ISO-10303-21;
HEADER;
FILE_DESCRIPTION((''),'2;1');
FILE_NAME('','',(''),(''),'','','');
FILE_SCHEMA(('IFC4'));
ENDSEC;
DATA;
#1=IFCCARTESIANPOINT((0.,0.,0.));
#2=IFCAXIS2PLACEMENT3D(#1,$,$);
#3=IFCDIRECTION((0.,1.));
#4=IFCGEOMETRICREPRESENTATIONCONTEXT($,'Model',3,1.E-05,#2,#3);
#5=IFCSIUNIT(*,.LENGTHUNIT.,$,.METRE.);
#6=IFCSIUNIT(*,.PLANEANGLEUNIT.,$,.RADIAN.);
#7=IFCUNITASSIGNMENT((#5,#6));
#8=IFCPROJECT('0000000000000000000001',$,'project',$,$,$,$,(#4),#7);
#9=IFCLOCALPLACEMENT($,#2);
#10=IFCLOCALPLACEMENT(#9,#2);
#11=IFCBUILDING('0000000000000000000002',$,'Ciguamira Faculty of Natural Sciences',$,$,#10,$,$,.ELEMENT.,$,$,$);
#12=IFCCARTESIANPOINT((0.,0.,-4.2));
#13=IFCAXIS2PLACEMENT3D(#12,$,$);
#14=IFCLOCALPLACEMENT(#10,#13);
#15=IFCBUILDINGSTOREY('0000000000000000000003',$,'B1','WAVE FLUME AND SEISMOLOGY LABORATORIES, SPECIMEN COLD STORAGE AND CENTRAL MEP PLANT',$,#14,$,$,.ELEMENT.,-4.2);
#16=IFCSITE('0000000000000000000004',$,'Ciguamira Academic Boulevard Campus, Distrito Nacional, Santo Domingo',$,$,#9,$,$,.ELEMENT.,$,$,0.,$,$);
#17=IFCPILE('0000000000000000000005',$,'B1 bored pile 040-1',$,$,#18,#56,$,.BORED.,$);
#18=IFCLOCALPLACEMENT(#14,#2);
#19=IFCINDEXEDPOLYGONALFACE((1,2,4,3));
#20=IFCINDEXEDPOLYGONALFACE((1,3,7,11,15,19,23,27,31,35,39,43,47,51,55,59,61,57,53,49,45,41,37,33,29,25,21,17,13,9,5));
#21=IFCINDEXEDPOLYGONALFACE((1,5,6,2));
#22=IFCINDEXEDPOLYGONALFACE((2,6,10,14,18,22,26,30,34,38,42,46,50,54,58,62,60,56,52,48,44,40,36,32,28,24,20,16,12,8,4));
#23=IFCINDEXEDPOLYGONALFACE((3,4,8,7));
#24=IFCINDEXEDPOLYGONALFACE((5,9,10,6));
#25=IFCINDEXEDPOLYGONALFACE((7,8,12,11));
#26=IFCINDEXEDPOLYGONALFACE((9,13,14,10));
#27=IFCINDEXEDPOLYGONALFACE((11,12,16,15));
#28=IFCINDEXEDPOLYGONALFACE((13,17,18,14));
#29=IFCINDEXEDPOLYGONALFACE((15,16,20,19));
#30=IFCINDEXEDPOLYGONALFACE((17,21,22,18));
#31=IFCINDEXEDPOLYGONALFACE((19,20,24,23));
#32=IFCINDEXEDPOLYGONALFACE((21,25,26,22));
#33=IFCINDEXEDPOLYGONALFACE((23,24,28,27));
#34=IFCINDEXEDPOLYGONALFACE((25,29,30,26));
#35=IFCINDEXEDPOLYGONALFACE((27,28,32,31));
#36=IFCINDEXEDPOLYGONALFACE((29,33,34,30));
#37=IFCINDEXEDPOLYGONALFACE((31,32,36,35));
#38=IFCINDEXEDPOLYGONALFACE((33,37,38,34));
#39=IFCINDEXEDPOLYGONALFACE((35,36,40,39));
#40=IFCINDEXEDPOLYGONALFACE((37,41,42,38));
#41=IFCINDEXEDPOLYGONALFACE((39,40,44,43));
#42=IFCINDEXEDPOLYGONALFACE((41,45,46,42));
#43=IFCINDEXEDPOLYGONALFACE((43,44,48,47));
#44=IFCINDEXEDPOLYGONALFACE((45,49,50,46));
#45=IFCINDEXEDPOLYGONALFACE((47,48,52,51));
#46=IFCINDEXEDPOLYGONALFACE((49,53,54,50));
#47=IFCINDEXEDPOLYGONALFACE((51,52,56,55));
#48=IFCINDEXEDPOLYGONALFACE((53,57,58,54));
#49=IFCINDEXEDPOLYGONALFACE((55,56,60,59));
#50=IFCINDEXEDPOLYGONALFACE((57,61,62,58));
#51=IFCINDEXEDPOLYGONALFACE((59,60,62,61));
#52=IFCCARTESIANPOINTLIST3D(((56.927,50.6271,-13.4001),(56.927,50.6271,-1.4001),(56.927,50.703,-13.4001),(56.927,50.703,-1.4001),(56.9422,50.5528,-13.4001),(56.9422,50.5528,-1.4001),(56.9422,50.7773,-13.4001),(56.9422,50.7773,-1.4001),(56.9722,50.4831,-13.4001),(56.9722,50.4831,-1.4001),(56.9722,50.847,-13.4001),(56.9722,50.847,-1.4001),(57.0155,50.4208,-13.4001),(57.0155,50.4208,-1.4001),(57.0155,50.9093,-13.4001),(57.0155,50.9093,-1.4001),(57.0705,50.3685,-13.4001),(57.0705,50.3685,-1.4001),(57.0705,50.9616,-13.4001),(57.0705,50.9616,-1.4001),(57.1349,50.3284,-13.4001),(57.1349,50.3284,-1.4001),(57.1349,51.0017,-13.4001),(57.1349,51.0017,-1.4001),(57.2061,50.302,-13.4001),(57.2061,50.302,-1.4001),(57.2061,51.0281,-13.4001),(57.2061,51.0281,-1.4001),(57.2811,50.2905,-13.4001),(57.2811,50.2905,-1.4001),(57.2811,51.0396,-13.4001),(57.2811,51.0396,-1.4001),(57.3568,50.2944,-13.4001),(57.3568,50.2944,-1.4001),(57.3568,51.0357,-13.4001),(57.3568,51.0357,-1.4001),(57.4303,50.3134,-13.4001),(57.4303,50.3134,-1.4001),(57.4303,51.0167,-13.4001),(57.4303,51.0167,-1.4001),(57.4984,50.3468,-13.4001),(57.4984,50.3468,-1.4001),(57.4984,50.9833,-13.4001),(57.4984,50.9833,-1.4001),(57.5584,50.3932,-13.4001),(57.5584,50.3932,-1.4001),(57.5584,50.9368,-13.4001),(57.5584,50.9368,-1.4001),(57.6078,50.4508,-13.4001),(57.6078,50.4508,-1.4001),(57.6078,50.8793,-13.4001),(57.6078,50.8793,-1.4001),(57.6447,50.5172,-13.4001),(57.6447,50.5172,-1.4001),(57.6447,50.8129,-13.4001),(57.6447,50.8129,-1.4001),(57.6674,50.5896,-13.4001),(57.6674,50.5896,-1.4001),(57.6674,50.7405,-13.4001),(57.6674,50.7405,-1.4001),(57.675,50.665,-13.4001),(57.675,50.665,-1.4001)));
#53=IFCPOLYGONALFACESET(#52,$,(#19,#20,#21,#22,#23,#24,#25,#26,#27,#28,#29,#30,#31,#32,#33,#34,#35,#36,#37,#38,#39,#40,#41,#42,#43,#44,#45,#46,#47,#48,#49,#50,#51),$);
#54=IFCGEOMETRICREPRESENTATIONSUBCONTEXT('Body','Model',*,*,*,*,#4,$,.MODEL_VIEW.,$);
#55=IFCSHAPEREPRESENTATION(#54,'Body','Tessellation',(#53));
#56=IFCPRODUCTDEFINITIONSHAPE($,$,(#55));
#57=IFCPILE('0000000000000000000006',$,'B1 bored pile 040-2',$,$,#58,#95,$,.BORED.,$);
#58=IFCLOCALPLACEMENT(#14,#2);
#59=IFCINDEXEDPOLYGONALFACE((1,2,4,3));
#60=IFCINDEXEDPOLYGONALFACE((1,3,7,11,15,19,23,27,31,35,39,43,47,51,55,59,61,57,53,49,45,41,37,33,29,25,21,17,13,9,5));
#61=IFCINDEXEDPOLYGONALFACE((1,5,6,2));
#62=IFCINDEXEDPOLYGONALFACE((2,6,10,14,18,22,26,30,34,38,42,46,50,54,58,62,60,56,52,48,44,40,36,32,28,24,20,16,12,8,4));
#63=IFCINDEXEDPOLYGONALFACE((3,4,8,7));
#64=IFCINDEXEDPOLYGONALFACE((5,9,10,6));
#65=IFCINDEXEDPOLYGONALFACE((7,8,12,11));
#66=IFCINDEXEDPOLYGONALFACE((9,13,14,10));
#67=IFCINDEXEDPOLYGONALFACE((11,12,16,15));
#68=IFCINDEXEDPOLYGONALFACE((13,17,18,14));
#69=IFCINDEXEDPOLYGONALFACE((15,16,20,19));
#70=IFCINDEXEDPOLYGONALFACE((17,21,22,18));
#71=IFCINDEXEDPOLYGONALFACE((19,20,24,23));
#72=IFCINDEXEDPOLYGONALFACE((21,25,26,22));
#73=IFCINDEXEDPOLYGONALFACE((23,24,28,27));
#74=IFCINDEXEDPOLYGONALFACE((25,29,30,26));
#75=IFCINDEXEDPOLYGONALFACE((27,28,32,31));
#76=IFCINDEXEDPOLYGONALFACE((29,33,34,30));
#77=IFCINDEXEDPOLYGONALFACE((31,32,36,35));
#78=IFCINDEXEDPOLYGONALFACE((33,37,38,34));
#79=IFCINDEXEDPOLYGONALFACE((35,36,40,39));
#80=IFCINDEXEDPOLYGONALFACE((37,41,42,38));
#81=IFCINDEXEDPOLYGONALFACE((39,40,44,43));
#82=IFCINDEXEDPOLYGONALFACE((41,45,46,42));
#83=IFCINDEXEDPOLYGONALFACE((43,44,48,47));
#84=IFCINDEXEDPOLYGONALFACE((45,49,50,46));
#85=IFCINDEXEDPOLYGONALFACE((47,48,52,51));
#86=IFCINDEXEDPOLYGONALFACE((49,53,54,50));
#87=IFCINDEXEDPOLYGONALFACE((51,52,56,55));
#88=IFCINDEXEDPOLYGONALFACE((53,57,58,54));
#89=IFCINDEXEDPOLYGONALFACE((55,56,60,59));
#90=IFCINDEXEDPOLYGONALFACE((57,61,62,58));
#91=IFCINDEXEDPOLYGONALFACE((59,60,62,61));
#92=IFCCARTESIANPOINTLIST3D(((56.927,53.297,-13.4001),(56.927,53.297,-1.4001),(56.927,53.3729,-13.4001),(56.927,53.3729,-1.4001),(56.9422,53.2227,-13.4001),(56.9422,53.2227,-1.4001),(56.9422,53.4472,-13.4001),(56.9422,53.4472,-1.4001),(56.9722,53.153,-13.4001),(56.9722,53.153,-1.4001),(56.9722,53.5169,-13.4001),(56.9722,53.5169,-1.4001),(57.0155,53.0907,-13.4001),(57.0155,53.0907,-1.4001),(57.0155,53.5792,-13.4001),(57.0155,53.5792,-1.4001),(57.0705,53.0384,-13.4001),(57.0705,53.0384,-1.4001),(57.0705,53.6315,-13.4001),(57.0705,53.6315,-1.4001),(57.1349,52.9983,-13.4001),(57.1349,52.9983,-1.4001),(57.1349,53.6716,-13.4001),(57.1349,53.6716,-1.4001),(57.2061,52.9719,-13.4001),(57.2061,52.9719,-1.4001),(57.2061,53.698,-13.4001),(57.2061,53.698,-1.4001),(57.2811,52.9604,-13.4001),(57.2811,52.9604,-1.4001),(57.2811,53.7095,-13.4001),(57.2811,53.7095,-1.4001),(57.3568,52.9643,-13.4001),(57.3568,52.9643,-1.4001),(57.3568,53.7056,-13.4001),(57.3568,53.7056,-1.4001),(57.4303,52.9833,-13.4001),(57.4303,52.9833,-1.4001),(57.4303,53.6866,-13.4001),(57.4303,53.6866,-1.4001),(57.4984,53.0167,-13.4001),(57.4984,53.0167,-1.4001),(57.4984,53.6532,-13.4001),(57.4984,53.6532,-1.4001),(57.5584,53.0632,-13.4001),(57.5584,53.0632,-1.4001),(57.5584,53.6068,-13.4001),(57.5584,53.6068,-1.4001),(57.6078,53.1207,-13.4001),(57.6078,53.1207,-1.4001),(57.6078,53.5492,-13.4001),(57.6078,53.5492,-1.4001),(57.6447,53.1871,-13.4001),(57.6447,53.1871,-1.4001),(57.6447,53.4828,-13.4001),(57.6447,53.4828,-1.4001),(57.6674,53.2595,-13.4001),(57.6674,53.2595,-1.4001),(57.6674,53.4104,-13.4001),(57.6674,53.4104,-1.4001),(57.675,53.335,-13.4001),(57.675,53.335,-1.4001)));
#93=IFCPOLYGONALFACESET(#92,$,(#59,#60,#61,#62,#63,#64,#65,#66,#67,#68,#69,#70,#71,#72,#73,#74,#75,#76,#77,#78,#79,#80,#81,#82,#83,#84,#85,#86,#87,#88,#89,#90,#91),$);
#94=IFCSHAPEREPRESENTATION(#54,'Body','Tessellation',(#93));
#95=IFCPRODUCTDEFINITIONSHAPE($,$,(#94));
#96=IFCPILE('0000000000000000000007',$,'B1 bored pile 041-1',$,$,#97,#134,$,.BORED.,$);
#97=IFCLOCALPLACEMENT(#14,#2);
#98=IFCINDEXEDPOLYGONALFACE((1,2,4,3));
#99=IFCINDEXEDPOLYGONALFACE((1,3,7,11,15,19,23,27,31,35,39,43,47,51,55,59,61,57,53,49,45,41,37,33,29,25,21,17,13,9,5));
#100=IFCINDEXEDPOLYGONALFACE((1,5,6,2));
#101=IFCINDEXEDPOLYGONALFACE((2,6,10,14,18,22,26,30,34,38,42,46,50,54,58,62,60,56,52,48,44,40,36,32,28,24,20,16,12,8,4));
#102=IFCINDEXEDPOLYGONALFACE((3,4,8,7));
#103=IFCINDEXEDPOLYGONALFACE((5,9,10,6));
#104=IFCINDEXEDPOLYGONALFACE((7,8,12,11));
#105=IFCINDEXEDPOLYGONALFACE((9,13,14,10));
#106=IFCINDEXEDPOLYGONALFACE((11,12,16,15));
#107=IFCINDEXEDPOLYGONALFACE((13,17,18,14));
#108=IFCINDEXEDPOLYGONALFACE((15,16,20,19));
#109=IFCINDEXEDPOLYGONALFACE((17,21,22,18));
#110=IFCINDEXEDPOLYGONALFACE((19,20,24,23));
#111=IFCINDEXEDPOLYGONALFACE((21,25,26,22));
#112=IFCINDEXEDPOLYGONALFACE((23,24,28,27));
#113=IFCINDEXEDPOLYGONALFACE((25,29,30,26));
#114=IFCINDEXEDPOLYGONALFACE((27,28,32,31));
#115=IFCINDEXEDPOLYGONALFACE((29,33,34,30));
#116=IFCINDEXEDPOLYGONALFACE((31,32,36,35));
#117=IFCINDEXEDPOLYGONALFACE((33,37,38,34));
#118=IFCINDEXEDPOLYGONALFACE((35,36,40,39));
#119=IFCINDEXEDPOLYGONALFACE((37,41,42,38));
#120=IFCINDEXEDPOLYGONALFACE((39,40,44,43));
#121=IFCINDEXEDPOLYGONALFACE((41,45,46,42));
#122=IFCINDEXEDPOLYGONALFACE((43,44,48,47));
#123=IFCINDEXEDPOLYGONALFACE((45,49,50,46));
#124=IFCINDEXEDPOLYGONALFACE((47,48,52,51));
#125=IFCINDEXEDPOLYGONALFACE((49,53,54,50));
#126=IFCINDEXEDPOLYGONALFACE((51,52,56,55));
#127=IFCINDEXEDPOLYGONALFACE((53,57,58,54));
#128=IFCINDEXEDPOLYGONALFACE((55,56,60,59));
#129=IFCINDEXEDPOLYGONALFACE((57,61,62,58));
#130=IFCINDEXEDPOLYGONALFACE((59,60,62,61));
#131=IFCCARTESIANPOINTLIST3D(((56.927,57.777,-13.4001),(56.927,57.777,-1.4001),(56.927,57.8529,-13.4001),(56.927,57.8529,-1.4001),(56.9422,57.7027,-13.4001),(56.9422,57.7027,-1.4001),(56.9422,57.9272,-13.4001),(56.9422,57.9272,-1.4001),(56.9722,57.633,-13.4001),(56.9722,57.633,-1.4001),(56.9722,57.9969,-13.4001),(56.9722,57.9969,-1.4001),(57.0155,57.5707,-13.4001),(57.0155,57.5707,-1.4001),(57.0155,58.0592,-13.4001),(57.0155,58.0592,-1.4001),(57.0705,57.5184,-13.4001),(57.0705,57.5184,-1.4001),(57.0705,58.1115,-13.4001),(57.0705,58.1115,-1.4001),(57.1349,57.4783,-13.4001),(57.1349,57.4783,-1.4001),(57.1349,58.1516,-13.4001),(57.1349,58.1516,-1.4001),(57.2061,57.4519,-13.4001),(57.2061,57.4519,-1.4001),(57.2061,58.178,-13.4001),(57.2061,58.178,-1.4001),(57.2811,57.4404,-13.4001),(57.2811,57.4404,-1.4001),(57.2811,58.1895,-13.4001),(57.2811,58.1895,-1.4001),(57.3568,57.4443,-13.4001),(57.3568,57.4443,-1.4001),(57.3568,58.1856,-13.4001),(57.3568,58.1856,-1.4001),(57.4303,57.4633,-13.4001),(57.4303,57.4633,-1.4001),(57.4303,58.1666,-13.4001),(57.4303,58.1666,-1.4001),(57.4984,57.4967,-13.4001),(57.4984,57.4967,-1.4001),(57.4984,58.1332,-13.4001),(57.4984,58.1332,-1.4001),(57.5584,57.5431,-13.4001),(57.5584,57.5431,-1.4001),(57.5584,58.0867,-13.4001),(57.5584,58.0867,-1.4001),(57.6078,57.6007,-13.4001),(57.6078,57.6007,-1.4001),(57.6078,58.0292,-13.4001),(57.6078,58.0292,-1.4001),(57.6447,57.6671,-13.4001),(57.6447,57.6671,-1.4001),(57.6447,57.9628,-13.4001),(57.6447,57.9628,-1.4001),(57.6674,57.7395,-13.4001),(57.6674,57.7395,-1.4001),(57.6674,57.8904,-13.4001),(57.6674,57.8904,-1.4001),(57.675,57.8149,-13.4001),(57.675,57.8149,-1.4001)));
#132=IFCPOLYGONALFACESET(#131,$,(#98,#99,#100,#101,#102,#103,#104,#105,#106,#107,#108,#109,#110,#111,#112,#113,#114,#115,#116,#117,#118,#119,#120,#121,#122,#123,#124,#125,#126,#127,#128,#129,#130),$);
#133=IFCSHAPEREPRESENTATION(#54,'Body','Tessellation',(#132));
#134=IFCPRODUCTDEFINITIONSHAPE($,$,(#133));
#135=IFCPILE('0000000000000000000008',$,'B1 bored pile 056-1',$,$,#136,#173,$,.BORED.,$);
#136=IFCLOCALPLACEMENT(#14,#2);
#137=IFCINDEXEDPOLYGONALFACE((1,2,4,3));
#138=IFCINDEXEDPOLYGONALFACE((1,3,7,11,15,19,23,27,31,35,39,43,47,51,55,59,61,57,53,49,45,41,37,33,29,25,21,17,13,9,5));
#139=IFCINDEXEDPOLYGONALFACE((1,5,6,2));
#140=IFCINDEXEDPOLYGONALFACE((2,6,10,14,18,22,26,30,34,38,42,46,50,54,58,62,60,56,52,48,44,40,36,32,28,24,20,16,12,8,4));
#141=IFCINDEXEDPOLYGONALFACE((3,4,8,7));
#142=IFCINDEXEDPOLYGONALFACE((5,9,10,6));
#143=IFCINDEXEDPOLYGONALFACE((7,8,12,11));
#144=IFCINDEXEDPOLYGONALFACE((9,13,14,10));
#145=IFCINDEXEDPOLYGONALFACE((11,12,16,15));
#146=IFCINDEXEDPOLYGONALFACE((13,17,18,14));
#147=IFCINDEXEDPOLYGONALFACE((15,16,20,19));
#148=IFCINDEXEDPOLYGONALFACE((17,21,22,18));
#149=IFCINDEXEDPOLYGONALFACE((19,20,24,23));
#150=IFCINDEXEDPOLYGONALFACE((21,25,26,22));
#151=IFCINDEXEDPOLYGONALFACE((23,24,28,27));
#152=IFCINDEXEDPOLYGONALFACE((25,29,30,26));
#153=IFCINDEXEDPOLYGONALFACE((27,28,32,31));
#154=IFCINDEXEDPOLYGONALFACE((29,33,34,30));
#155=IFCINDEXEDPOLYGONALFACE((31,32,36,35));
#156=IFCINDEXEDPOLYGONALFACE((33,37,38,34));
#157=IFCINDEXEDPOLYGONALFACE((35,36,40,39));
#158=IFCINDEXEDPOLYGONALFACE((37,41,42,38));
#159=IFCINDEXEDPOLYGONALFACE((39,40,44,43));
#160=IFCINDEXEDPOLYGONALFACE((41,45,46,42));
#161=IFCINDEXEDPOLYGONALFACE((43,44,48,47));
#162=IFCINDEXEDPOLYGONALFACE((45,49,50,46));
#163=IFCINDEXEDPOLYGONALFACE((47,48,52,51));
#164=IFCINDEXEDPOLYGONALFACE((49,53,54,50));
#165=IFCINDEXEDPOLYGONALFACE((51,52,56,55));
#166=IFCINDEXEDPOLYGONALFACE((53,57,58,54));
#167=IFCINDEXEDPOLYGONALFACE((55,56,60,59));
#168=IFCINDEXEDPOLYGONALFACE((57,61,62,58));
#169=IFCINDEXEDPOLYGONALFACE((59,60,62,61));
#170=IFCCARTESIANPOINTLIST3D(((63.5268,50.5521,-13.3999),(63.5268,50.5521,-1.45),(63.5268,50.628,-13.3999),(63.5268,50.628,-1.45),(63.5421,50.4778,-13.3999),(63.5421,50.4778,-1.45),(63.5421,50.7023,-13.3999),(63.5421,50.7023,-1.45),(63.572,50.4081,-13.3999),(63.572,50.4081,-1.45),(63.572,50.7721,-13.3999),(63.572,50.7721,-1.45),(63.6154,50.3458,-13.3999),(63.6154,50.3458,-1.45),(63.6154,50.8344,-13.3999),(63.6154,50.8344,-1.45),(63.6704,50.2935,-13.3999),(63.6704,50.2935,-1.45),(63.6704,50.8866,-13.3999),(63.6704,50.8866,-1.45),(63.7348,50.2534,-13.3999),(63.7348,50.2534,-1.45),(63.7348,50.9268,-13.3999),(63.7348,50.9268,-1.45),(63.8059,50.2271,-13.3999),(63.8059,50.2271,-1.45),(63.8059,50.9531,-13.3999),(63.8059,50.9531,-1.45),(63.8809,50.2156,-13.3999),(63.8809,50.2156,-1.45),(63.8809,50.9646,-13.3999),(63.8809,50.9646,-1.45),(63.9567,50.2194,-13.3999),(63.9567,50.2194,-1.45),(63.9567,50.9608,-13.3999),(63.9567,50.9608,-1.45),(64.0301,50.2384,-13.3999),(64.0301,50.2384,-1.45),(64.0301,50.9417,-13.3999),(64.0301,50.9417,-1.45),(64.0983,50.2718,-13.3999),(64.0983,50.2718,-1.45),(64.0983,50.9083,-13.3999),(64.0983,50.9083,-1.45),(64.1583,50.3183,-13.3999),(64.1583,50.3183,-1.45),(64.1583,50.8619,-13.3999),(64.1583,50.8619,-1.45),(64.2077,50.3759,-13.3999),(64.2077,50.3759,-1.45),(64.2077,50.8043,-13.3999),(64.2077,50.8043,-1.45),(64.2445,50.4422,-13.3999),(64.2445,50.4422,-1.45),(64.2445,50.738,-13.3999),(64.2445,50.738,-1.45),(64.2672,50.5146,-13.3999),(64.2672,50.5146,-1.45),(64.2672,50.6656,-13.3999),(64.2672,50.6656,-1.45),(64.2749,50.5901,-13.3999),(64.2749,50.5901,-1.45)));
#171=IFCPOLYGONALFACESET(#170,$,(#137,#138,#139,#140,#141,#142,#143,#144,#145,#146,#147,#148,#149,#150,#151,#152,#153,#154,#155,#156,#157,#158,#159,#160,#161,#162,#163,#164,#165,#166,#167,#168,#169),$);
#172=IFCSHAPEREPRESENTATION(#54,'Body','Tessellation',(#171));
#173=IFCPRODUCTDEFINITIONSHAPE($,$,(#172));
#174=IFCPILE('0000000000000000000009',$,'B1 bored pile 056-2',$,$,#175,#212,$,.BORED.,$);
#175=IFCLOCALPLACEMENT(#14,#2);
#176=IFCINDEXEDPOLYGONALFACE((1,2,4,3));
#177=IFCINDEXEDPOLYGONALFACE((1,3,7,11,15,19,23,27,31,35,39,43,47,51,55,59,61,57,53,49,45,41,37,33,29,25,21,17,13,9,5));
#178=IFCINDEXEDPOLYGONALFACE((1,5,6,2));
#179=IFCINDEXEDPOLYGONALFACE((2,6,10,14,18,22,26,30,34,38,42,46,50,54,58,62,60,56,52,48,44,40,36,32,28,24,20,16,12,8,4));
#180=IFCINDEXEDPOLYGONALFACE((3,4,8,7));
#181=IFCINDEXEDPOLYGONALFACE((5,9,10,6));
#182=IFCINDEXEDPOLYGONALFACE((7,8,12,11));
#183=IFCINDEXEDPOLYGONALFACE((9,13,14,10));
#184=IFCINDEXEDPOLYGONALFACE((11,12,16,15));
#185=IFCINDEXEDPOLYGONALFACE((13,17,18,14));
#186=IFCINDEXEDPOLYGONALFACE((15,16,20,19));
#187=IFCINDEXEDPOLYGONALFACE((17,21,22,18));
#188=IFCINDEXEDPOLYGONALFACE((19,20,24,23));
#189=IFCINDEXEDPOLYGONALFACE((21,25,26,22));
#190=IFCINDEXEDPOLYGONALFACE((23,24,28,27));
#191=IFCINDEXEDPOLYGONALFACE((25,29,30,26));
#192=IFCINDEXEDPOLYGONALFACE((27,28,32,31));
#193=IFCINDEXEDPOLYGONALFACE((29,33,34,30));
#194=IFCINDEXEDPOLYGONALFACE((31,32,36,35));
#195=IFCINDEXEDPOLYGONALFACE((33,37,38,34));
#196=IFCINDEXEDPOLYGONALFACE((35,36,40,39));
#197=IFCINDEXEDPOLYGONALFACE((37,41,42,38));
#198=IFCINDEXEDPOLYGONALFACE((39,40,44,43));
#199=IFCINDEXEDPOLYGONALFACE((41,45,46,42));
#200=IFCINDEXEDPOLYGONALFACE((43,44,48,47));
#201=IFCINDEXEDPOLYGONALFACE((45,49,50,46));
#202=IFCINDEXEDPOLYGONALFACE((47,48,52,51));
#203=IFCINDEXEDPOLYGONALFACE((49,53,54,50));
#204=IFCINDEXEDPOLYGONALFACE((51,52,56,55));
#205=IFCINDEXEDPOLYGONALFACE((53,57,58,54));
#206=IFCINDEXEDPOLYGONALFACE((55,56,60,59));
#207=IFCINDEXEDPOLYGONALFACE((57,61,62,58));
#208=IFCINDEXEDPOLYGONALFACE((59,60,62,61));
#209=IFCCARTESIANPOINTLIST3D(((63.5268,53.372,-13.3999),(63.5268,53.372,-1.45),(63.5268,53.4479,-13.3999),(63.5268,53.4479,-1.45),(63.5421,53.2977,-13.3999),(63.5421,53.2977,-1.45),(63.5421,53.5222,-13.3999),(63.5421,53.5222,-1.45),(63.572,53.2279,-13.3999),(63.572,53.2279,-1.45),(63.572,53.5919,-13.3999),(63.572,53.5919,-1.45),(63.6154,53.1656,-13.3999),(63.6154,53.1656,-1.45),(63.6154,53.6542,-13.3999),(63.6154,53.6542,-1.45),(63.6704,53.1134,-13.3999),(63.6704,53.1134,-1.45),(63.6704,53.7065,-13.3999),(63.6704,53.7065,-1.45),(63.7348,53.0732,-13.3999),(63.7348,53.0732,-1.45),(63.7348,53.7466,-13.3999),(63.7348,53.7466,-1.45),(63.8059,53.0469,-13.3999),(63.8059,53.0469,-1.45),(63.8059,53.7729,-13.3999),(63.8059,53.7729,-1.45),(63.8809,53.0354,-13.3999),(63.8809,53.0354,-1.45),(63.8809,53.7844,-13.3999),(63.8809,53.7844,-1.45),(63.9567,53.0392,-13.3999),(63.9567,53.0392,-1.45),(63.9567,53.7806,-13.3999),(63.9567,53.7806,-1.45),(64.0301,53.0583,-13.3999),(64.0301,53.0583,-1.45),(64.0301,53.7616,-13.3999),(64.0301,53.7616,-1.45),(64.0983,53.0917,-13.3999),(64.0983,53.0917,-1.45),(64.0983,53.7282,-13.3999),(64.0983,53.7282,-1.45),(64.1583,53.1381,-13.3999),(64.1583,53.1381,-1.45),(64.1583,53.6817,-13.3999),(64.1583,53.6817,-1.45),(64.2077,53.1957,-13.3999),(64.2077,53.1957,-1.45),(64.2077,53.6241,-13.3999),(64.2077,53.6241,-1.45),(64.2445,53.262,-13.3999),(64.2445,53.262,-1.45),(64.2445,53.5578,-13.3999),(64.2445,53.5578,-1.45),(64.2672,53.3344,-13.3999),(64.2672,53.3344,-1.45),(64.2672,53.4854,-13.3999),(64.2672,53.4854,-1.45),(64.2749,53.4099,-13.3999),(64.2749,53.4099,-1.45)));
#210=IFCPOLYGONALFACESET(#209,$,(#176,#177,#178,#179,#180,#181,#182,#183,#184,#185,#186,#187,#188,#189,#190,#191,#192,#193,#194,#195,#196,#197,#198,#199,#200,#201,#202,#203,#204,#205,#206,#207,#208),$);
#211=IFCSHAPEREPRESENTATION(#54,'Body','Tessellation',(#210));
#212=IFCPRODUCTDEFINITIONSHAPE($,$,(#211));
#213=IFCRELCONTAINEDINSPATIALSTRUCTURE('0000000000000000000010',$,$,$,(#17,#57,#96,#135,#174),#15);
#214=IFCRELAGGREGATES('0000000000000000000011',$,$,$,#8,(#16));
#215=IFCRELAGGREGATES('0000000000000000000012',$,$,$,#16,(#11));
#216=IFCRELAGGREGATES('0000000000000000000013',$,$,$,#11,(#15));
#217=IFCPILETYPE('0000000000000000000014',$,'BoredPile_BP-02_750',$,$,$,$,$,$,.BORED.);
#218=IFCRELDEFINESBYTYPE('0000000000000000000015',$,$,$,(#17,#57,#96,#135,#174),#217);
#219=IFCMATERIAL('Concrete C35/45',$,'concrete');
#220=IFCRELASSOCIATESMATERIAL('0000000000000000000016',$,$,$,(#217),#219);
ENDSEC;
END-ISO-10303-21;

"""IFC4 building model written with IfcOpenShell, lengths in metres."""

from ifc_helpers import new_model, si_unit, direction, frame, origin, origin_2d, place, context, subcontext, project, spatial, circle, extrude, material, material_profile, profile_set, type_object, element, save


model = new_model("IFC4")

# Units and contexts
model_context = context("Model", 3, precision=1e-05, world=origin(), true_north=direction((0.0, 1.0)))
body_context = subcontext(model_context, "Body", "Model", "MODEL_VIEW")
ifc_project = project(units=[si_unit("LENGTHUNIT", "METRE"), si_unit("PLANEANGLEUNIT", "RADIAN")], contexts=[model_context])

# Site, building, storey
site_placement = place(None, origin())
site = spatial("IfcSite", under=ifc_project, at=site_placement, Name="Ciguamira Academic Boulevard Campus, Distrito Nacional, Santo Domingo", CompositionType="ELEMENT", RefElevation=0.0)
building_placement = place(site_placement, origin())
building = spatial("IfcBuilding", under=site, at=building_placement, Name="Ciguamira Faculty of Natural Sciences", CompositionType="ELEMENT")
storey_placement = place(building_placement, frame((0.0, 0.0, -4.2)))
storey = spatial("IfcBuildingStorey", under=building, at=storey_placement, Name="B1", Description="WAVE FLUME AND SEISMOLOGY LABORATORIES, SPECIMEN COLD STORAGE AND CENTRAL MEP PLANT", CompositionType="ELEMENT", Elevation=-4.2)

# Piles
ifc_material_1 = material(Name="Concrete C35/45", Category="concrete")
ifc_material_profile_1 = material_profile(ifc_material_1, circle(Radius=0.375, at=origin_2d()), Name="PILE-BORED-750")
ifc_profile_set_1 = profile_set([ifc_material_profile_1], Name="Concrete C35/45")
pile_type = type_object("IfcPileType", Name="BoredPile_BP-02_750", PredefinedType="BORED", material=ifc_profile_set_1)
for number, where, z_axis, x_axis, name in (
    (1, (57.3, 50.665, -1.4001), (0.0, 0.0, -1.0), (1.0, 0.0, 0.0), "B1 bored pile 040-1"),
    (2, (57.3, 53.335, -1.4001), (0.0, 0.0, -1.0), (1.0, 0.0, 0.0), "B1 bored pile 040-2"),
    (3, (57.3, 57.8149, -1.4001), (0.0, 0.0, -1.0), (1.0, 0.0, 0.0), "B1 bored pile 041-1"),
):
    element("IfcPile", number, at=place(storey_placement, frame(where, z_axis=z_axis, x_axis=x_axis)), inside=storey, type_object=pile_type, Name=name, PredefinedType="BORED", context=body_context, shape_type="SweptSolid", body=[
        extrude(circle(Radius=0.375, at=origin_2d()), origin(), (0.0, 0.0, 1.0), 12.0),
    ])
for number, where, z_axis, x_axis, name in (
    (4, (63.8999, 50.5901, -1.45), (0.0, 0.0, -1.0), (1.0, 0.0, 0.0), "B1 bored pile 056-1"),
    (5, (63.8999, 53.4099, -1.45), (0.0, 0.0, -1.0), (1.0, 0.0, 0.0), "B1 bored pile 056-2"),
):
    element("IfcPile", number, at=place(storey_placement, frame(where, z_axis=z_axis, x_axis=x_axis)), inside=storey, type_object=pile_type, Name=name, PredefinedType="BORED", context=body_context, shape_type="SweptSolid", body=[
        extrude(circle(Radius=0.375, at=origin_2d()), origin(), (0.0, 0.0, 1.0), 11.95),
    ])

save(model, "model.ifc")
